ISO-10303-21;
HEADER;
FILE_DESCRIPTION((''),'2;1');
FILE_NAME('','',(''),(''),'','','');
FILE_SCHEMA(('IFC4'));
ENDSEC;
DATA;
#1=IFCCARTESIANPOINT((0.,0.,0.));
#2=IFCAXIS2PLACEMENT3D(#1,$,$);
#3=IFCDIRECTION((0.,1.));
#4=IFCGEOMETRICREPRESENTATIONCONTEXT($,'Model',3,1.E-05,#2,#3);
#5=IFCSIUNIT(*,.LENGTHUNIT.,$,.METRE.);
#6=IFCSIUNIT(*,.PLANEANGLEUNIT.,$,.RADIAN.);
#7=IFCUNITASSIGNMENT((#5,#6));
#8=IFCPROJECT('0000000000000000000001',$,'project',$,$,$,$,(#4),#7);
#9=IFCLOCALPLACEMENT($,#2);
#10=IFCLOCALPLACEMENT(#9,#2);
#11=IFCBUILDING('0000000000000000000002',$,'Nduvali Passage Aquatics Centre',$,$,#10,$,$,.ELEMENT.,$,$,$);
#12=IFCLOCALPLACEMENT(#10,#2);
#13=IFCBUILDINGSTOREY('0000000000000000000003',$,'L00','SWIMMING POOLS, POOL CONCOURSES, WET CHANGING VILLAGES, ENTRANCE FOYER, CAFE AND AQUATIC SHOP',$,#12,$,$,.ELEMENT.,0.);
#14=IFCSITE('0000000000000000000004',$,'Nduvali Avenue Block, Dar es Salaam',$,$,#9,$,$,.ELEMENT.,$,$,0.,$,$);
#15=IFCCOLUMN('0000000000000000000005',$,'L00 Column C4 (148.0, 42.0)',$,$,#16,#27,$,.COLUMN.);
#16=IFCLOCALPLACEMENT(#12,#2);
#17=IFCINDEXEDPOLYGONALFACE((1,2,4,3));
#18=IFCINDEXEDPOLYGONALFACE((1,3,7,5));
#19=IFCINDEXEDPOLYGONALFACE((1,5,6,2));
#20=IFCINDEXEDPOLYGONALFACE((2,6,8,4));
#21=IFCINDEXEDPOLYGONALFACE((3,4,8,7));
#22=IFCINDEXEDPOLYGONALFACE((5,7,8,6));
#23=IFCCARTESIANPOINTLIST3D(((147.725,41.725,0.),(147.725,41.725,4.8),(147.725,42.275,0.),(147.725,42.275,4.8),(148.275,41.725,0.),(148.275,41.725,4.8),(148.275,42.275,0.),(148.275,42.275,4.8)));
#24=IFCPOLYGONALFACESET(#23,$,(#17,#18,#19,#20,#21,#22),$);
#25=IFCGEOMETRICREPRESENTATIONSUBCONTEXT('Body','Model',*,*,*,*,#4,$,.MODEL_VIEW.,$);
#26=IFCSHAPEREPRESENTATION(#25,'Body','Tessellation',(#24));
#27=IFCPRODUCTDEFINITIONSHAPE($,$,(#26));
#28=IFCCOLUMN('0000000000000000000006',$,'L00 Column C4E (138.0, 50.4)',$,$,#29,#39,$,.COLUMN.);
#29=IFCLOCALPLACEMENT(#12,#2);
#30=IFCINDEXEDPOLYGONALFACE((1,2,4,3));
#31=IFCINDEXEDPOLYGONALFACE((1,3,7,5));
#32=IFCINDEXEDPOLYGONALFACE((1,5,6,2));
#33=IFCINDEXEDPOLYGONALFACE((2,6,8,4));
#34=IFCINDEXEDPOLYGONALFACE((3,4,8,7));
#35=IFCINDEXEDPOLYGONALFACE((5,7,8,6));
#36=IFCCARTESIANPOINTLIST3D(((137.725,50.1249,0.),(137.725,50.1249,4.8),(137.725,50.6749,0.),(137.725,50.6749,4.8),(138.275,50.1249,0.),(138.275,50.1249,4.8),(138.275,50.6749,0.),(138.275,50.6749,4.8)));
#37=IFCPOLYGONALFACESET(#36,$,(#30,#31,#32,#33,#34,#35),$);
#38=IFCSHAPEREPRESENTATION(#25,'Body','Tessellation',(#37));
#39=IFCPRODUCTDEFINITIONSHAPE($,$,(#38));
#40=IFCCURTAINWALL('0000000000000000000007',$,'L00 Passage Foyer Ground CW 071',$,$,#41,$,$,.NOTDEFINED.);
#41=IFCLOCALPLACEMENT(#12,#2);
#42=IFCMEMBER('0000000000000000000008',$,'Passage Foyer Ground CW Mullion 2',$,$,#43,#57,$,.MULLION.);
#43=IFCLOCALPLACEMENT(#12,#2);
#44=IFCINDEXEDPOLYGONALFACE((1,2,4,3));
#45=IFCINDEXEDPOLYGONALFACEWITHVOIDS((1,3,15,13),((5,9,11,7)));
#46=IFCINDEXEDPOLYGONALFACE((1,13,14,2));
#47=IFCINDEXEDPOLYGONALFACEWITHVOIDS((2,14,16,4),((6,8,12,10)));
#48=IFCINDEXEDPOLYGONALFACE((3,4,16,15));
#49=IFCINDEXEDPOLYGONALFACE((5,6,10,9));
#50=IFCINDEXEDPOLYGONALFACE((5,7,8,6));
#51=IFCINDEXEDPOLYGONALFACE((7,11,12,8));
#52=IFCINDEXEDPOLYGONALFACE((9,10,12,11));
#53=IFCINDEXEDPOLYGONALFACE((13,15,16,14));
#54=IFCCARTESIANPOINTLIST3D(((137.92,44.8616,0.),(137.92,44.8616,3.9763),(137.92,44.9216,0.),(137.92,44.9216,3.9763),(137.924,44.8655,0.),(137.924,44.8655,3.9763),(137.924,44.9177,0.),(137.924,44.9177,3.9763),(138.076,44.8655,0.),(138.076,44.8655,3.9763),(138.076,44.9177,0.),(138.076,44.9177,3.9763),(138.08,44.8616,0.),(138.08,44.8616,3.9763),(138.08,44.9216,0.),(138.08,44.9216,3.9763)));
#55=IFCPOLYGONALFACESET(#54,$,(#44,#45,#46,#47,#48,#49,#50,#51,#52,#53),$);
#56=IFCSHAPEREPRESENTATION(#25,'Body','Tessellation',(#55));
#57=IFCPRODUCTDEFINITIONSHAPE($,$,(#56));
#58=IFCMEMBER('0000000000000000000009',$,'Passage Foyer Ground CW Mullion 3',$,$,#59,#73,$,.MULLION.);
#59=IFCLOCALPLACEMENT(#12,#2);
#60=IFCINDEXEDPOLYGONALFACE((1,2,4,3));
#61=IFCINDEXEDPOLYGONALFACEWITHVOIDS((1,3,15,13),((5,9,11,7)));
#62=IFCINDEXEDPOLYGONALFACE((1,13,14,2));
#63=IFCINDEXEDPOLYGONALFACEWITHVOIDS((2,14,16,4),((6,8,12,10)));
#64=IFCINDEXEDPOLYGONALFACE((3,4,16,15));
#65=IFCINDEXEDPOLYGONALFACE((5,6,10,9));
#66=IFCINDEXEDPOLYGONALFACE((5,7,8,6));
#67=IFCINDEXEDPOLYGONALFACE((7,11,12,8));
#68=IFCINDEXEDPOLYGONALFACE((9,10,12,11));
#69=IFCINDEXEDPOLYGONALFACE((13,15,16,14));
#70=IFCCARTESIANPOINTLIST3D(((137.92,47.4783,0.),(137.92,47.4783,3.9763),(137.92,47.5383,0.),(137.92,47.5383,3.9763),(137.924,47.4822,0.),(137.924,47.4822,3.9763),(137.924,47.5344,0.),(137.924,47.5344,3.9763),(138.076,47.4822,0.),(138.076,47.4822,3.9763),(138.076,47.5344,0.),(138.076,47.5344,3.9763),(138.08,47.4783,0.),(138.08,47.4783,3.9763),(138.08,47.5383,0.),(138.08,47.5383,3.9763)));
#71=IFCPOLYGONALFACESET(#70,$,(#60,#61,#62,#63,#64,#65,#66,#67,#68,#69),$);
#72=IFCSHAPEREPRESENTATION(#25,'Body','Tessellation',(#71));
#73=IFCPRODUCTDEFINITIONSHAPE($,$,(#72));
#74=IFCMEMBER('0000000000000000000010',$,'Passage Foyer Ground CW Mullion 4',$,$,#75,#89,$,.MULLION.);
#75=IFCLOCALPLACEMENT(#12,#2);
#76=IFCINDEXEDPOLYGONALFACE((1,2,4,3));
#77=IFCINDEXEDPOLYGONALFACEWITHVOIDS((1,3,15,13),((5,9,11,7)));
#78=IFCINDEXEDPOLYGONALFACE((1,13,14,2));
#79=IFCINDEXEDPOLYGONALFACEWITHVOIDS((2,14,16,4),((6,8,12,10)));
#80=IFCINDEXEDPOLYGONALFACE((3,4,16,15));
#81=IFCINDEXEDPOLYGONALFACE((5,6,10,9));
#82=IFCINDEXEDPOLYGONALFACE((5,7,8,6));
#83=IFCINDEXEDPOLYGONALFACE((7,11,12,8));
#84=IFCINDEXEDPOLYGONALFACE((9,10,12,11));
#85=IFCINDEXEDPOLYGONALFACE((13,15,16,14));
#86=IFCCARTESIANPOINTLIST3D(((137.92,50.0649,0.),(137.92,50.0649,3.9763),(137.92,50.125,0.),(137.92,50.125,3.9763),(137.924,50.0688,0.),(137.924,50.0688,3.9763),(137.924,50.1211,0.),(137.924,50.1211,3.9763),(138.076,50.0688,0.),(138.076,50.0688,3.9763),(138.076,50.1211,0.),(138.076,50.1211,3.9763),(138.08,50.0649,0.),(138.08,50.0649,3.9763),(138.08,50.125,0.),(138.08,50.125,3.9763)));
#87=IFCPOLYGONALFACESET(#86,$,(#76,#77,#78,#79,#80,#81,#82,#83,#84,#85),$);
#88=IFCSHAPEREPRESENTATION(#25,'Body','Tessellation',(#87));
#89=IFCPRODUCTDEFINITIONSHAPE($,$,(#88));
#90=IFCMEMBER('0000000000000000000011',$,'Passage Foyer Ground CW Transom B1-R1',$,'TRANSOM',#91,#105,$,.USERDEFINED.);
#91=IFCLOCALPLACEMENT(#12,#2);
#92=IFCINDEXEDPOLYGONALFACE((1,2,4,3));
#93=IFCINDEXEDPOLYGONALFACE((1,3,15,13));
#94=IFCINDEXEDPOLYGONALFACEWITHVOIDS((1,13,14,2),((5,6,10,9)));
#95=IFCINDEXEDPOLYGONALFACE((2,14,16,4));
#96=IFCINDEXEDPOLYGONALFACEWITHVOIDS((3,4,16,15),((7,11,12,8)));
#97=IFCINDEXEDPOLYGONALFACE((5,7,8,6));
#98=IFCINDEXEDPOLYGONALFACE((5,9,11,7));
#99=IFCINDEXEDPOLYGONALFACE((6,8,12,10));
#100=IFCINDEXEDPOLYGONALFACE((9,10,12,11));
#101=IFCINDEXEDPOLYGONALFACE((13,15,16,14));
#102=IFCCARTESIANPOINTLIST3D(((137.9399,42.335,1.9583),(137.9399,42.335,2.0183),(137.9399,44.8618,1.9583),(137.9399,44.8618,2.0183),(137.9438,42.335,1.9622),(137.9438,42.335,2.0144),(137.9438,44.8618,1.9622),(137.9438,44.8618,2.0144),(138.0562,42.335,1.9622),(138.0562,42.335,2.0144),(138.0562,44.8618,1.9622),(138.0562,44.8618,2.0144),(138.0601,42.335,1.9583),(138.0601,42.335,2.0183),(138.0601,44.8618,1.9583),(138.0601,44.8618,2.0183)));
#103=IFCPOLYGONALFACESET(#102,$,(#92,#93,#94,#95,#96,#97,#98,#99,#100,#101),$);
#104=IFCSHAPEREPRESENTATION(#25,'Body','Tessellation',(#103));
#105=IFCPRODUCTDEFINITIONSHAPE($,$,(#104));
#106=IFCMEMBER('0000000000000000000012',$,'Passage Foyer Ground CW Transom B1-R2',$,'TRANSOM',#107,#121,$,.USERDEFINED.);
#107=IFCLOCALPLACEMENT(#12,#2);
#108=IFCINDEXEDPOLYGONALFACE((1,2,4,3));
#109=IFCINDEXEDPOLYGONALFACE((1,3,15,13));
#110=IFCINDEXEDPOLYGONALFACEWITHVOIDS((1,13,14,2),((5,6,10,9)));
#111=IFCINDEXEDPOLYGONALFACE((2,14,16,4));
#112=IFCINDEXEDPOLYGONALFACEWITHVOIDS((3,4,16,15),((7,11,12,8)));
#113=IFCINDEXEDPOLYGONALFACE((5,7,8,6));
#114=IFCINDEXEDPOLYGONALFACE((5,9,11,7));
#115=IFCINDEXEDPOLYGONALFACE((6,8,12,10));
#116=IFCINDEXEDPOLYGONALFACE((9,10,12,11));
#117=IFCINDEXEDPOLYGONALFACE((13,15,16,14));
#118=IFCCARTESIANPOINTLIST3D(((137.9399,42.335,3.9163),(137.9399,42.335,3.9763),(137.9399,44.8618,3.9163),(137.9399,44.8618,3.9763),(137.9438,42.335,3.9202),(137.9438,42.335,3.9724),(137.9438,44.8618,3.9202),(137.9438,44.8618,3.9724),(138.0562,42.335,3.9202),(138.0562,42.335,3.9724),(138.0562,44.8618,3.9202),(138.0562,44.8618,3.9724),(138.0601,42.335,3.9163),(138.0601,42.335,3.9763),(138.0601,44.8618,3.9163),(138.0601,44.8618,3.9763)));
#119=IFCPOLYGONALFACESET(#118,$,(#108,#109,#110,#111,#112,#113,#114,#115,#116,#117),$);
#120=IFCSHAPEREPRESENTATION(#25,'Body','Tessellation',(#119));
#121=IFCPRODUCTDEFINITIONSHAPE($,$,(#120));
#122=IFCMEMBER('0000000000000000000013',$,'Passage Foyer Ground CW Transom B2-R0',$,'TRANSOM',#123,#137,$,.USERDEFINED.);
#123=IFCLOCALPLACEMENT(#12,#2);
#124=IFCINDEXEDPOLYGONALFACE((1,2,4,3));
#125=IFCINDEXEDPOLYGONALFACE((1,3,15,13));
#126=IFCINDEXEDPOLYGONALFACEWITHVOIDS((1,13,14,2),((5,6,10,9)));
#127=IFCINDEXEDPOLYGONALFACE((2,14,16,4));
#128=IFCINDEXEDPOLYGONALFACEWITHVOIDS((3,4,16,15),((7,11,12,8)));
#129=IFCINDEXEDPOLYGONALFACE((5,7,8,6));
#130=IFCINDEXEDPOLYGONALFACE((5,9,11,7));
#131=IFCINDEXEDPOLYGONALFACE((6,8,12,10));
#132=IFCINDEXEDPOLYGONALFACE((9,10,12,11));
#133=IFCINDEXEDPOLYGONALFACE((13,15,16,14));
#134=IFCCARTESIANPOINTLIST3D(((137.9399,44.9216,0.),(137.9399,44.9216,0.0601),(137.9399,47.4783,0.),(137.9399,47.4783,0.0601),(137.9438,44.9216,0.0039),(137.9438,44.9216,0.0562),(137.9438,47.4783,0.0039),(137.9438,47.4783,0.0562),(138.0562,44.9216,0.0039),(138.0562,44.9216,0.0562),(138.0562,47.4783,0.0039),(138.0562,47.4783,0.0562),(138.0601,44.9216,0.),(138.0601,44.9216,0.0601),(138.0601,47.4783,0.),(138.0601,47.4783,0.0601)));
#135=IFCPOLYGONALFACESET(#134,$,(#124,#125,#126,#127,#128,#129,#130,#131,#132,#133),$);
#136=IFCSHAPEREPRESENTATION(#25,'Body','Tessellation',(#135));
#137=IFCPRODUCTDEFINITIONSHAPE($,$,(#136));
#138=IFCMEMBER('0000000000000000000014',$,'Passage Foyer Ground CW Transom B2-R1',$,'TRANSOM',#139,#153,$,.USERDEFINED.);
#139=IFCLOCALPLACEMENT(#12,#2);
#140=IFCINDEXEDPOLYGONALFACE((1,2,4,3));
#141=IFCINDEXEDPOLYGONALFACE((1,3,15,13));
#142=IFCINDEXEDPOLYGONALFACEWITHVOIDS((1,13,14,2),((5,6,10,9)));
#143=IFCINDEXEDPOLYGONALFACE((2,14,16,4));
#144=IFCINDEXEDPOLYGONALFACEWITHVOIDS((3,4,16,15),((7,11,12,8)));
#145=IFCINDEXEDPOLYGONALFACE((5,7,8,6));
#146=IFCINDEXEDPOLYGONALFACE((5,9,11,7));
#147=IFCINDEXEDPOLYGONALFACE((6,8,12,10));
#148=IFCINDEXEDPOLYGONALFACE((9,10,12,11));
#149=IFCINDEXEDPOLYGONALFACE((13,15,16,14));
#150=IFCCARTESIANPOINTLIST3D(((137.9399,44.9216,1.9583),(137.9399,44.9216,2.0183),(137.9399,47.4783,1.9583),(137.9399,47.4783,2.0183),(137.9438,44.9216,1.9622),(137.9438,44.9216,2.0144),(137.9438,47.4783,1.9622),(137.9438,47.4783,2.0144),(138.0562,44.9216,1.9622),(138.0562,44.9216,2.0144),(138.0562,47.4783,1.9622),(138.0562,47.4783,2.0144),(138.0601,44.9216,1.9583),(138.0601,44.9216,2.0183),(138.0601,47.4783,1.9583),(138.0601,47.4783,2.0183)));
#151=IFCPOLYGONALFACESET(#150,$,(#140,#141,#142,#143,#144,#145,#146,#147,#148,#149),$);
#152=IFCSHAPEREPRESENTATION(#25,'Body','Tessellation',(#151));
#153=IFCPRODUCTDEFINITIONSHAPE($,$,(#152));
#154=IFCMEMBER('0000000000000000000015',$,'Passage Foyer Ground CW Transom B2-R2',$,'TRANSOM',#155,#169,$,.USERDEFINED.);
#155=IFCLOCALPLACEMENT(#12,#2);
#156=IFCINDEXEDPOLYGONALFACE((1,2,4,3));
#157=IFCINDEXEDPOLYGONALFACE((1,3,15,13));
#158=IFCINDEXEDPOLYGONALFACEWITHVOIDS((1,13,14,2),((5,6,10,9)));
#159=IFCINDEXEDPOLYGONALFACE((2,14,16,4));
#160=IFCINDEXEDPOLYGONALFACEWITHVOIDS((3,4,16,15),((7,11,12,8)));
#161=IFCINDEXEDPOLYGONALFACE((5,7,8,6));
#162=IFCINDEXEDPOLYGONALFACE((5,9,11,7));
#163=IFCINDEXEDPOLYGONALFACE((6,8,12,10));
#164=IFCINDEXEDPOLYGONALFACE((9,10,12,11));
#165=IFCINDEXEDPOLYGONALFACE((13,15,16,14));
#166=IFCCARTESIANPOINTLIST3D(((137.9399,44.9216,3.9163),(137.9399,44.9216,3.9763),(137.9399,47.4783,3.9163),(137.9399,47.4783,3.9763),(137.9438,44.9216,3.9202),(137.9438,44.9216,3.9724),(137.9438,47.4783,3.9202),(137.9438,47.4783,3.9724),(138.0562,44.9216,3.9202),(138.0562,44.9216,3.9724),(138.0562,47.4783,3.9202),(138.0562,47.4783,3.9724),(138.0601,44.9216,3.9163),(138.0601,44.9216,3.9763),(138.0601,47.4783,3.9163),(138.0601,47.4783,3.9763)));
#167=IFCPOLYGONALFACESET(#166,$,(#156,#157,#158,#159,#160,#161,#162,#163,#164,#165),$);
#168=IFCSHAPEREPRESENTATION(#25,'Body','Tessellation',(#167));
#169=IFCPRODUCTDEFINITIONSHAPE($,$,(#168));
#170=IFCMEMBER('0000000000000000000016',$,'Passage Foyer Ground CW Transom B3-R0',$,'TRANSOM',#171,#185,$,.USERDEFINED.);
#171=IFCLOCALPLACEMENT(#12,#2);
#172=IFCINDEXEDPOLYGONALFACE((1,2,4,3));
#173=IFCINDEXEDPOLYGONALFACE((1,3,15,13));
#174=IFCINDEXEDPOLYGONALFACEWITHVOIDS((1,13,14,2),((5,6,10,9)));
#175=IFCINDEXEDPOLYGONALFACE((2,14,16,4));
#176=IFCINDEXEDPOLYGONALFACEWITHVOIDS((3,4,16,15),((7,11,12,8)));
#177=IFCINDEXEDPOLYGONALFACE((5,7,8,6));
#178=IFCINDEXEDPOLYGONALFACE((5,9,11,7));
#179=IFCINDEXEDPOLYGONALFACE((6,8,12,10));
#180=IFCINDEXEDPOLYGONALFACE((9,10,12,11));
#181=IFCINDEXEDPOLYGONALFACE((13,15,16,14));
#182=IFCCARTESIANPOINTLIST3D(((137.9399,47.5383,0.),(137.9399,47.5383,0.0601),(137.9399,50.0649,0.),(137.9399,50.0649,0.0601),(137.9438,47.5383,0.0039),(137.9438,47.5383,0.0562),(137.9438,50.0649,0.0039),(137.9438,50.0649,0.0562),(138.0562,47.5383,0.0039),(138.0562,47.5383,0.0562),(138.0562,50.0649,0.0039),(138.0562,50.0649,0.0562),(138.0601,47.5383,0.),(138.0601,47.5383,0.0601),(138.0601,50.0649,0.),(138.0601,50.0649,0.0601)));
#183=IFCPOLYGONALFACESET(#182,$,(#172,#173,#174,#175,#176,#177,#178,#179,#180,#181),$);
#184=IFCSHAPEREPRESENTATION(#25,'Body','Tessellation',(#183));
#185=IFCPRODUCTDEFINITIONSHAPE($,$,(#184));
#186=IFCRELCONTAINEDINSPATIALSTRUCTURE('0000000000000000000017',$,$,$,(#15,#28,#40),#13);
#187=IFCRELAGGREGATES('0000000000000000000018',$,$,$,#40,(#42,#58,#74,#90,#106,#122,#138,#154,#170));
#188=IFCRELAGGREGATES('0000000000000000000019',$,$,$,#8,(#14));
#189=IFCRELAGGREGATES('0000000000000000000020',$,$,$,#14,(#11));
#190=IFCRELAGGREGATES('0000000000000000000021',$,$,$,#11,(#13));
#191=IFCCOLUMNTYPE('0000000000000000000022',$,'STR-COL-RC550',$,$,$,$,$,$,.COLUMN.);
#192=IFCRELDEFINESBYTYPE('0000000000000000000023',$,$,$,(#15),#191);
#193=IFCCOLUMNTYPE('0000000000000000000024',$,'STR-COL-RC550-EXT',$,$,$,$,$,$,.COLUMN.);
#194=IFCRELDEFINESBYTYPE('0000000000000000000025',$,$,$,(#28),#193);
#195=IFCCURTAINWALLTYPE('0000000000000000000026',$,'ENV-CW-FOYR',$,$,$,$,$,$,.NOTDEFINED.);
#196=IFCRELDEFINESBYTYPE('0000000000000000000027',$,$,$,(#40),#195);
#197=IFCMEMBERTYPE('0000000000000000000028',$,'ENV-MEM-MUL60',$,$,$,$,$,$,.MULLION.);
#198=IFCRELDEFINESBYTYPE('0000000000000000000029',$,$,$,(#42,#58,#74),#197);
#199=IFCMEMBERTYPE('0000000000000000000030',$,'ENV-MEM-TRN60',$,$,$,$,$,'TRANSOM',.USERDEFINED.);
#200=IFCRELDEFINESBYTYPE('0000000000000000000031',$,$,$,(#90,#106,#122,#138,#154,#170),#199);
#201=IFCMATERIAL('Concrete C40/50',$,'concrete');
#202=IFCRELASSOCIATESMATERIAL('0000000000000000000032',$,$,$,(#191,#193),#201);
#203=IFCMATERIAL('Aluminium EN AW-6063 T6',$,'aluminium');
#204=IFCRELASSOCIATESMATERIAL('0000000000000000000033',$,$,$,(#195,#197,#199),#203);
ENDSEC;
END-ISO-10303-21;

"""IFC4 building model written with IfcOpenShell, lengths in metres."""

from ifc_helpers import new_model, si_unit, direction, frame, origin, origin_2d, place, context, subcontext, project, spatial, rectangle, hollow_rectangle, extrude, material, material_profile, profile_set, type_object, element, aggregate, save


model = new_model("IFC4")

# Units and contexts
model_context = context("Model", 3, precision=1e-05, world=origin(), true_north=direction((0.0, 1.0)))
body_context = subcontext(model_context, "Body", "Model", "MODEL_VIEW")
ifc_project = project(units=[si_unit("LENGTHUNIT", "METRE"), si_unit("PLANEANGLEUNIT", "RADIAN")], contexts=[model_context])

# Site, building, storey
site_placement = place(None, origin())
site = spatial("IfcSite", under=ifc_project, at=site_placement, Name="Nduvali Avenue Block, Dar es Salaam", CompositionType="ELEMENT", RefElevation=0.0)
building_placement = place(site_placement, origin())
building = spatial("IfcBuilding", under=site, at=building_placement, Name="Nduvali Passage Aquatics Centre", CompositionType="ELEMENT")
storey_placement = place(building_placement, origin())
storey = spatial("IfcBuildingStorey", under=building, at=storey_placement, Name="L00", Description="SWIMMING POOLS, POOL CONCOURSES, WET CHANGING VILLAGES, ENTRANCE FOYER, CAFE AND AQUATIC SHOP", CompositionType="ELEMENT", Elevation=0.0)

# Columns
ifc_material_1 = material(Name="Concrete C40/50", Category="concrete")
ifc_material_profile_1 = material_profile(ifc_material_1, rectangle(XDim=0.55, YDim=0.55, at=origin_2d()), Name="RC 550x550")
ifc_profile_set_1 = profile_set([ifc_material_profile_1], Name="Concrete C40/50")
column_type_1 = type_object("IfcColumnType", Name="STR-COL-RC550", PredefinedType="COLUMN", material=ifc_profile_set_1)
column_1_placement = place(storey_placement, frame((148.0, 42.0, 0.0), z_axis=(0.0, 0.0, 1.0), x_axis=(1.0, 0.0, 0.0)))
element("IfcColumn", 1, at=column_1_placement, inside=storey, type_object=column_type_1, Name="L00 Column C4 (148.0, 42.0)", PredefinedType="COLUMN", context=body_context, shape_type="SweptSolid", body=[
    extrude(rectangle(XDim=0.55, YDim=0.55, at=origin_2d()), origin(), (0.0, 0.0, 1.0), 4.8),
])
ifc_material_profile_2 = material_profile(ifc_material_1, rectangle(XDim=0.55, YDim=0.55, at=origin_2d()), Name="RC 550x550")
ifc_profile_set_2 = profile_set([ifc_material_profile_2], Name="Concrete C40/50")
column_type_2 = type_object("IfcColumnType", Name="STR-COL-RC550-EXT", PredefinedType="COLUMN", material=ifc_profile_set_2)
column_2_placement = place(storey_placement, frame((138.0, 50.3999, 0.0), z_axis=(0.0, 0.0, 1.0), x_axis=(1.0, 0.0, 0.0)))
element("IfcColumn", 2, at=column_2_placement, inside=storey, type_object=column_type_2, Name="L00 Column C4E (138.0, 50.4)", PredefinedType="COLUMN", context=body_context, shape_type="SweptSolid", body=[
    extrude(rectangle(XDim=0.55, YDim=0.55, at=origin_2d()), origin(), (0.0, 0.0, 1.0), 4.8),
])

# Curtain wall, members
ifc_material_2 = material(Name="Aluminium EN AW-6063 T6", Category="aluminium")
curtain_wall_type = type_object("IfcCurtainWallType", Name="ENV-CW-FOYR", PredefinedType="NOTDEFINED", material=ifc_material_2)
curtain_wall_placement = place(storey_placement, origin())
curtain_wall = element("IfcCurtainWall", 3, at=curtain_wall_placement, inside=storey, type_object=curtain_wall_type, Name="L00 Passage Foyer Ground CW 071", PredefinedType="NOTDEFINED")
ifc_material_profile_3 = material_profile(ifc_material_2, hollow_rectangle(XDim=0.0601, YDim=0.1599, WallThickness=0.0039, at=origin_2d()), Name="ALU MULLION 60x160x4")
ifc_profile_set_3 = profile_set([ifc_material_profile_3], Name="Aluminium EN AW-6063 T6")
member_type_1 = type_object("IfcMemberType", Name="ENV-MEM-MUL60", PredefinedType="MULLION", material=ifc_profile_set_3)
member_1_placement = place(storey_placement, frame((138.0, 44.8916, 0.0), z_axis=(0.0, 0.0, 1.0), x_axis=(0.0, 1.0, 0.0)))
member_1 = element("IfcMember", 4, at=member_1_placement, type_object=member_type_1, Name="Passage Foyer Ground CW Mullion 2", PredefinedType="MULLION", context=body_context, shape_type="SweptSolid", body=[
    extrude(hollow_rectangle(XDim=0.0601, YDim=0.1599, WallThickness=0.0039, at=origin_2d()), origin(), (0.0, 0.0, 1.0), 3.9763),
])
member_2_placement = place(storey_placement, frame((138.0, 47.5083, 0.0), z_axis=(0.0, 0.0, 1.0), x_axis=(0.0, 1.0, 0.0)))
member_2 = element("IfcMember", 5, at=member_2_placement, type_object=member_type_1, Name="Passage Foyer Ground CW Mullion 3", PredefinedType="MULLION", context=body_context, shape_type="SweptSolid", body=[
    extrude(hollow_rectangle(XDim=0.0601, YDim=0.1599, WallThickness=0.0039, at=origin_2d()), origin(), (0.0, 0.0, 1.0), 3.9763),
])
member_3_placement = place(storey_placement, frame((138.0, 50.095, 0.0), z_axis=(0.0, 0.0, 1.0), x_axis=(0.0, 1.0, 0.0)))
member_3 = element("IfcMember", 6, at=member_3_placement, type_object=member_type_1, Name="Passage Foyer Ground CW Mullion 4", PredefinedType="MULLION", context=body_context, shape_type="SweptSolid", body=[
    extrude(hollow_rectangle(XDim=0.0601, YDim=0.1599, WallThickness=0.0039, at=origin_2d()), origin(), (0.0, 0.0, 1.0), 3.9763),
])
ifc_material_profile_4 = material_profile(ifc_material_2, hollow_rectangle(XDim=0.1201, YDim=0.0601, WallThickness=0.0039, at=origin_2d()), Name="ALU TRANSOM 120x60x4")
ifc_profile_set_4 = profile_set([ifc_material_profile_4], Name="Aluminium EN AW-6063 T6")
member_type_2 = type_object("IfcMemberType", Name="ENV-MEM-TRN60", ElementType="TRANSOM", PredefinedType="USERDEFINED", material=ifc_profile_set_4)
member_4_placement = place(storey_placement, frame((138.0, 42.335, 1.9883), z_axis=(0.0, 1.0, 0.0), x_axis=(-1.0, 0.0, 0.0)))
member_4 = element("IfcMember", 7, at=member_4_placement, type_object=member_type_2, Name="Passage Foyer Ground CW Transom B1-R1", ObjectType="TRANSOM", PredefinedType="USERDEFINED", context=body_context, shape_type="SweptSolid", body=[
    extrude(hollow_rectangle(XDim=0.1201, YDim=0.0601, WallThickness=0.0039, at=origin_2d()), origin(), (0.0, 0.0, 1.0), 2.5269),
])
member_5_placement = place(storey_placement, frame((138.0, 42.335, 3.9463), z_axis=(0.0, 1.0, 0.0), x_axis=(-1.0, 0.0, 0.0)))
member_5 = element("IfcMember", 8, at=member_5_placement, type_object=member_type_2, Name="Passage Foyer Ground CW Transom B1-R2", ObjectType="TRANSOM", PredefinedType="USERDEFINED", context=body_context, shape_type="SweptSolid", body=[
    extrude(hollow_rectangle(XDim=0.1201, YDim=0.0601, WallThickness=0.0039, at=origin_2d()), origin(), (0.0, 0.0, 1.0), 2.5269),
])
member_6_placement = place(storey_placement, frame((138.0, 44.9216, 0.03), z_axis=(0.0, 1.0, 0.0), x_axis=(-1.0, 0.0, 0.0)))
member_6 = element("IfcMember", 9, at=member_6_placement, type_object=member_type_2, Name="Passage Foyer Ground CW Transom B2-R0", ObjectType="TRANSOM", PredefinedType="USERDEFINED", context=body_context, shape_type="SweptSolid", body=[
    extrude(hollow_rectangle(XDim=0.1201, YDim=0.0601, WallThickness=0.0039, at=origin_2d()), origin(), (0.0, 0.0, 1.0), 2.5566),
])
member_7_placement = place(storey_placement, frame((138.0, 44.9216, 1.9883), z_axis=(0.0, 1.0, 0.0), x_axis=(-1.0, 0.0, 0.0)))
member_7 = element("IfcMember", 10, at=member_7_placement, type_object=member_type_2, Name="Passage Foyer Ground CW Transom B2-R1", ObjectType="TRANSOM", PredefinedType="USERDEFINED", context=body_context, shape_type="SweptSolid", body=[
    extrude(hollow_rectangle(XDim=0.1201, YDim=0.0601, WallThickness=0.0039, at=origin_2d()), origin(), (0.0, 0.0, 1.0), 2.5566),
])
member_8_placement = place(storey_placement, frame((138.0, 44.9216, 3.9463), z_axis=(0.0, 1.0, 0.0), x_axis=(-1.0, 0.0, 0.0)))
member_8 = element("IfcMember", 11, at=member_8_placement, type_object=member_type_2, Name="Passage Foyer Ground CW Transom B2-R2", ObjectType="TRANSOM", PredefinedType="USERDEFINED", context=body_context, shape_type="SweptSolid", body=[
    extrude(hollow_rectangle(XDim=0.1201, YDim=0.0601, WallThickness=0.0039, at=origin_2d()), origin(), (0.0, 0.0, 1.0), 2.5566),
])
member_9_placement = place(storey_placement, frame((138.0, 47.5383, 0.03), z_axis=(0.0, 1.0, 0.0), x_axis=(-1.0, 0.0, 0.0)))
member_9 = element("IfcMember", 12, at=member_9_placement, type_object=member_type_2, Name="Passage Foyer Ground CW Transom B3-R0", ObjectType="TRANSOM", PredefinedType="USERDEFINED", context=body_context, shape_type="SweptSolid", body=[
    extrude(hollow_rectangle(XDim=0.1201, YDim=0.0601, WallThickness=0.0039, at=origin_2d()), origin(), (0.0, 0.0, 1.0), 2.5266),
])

aggregate(curtain_wall, [member_1, member_2, member_3, member_4, member_5, member_6, member_7, member_8, member_9])

save(model, "model.ifc")
